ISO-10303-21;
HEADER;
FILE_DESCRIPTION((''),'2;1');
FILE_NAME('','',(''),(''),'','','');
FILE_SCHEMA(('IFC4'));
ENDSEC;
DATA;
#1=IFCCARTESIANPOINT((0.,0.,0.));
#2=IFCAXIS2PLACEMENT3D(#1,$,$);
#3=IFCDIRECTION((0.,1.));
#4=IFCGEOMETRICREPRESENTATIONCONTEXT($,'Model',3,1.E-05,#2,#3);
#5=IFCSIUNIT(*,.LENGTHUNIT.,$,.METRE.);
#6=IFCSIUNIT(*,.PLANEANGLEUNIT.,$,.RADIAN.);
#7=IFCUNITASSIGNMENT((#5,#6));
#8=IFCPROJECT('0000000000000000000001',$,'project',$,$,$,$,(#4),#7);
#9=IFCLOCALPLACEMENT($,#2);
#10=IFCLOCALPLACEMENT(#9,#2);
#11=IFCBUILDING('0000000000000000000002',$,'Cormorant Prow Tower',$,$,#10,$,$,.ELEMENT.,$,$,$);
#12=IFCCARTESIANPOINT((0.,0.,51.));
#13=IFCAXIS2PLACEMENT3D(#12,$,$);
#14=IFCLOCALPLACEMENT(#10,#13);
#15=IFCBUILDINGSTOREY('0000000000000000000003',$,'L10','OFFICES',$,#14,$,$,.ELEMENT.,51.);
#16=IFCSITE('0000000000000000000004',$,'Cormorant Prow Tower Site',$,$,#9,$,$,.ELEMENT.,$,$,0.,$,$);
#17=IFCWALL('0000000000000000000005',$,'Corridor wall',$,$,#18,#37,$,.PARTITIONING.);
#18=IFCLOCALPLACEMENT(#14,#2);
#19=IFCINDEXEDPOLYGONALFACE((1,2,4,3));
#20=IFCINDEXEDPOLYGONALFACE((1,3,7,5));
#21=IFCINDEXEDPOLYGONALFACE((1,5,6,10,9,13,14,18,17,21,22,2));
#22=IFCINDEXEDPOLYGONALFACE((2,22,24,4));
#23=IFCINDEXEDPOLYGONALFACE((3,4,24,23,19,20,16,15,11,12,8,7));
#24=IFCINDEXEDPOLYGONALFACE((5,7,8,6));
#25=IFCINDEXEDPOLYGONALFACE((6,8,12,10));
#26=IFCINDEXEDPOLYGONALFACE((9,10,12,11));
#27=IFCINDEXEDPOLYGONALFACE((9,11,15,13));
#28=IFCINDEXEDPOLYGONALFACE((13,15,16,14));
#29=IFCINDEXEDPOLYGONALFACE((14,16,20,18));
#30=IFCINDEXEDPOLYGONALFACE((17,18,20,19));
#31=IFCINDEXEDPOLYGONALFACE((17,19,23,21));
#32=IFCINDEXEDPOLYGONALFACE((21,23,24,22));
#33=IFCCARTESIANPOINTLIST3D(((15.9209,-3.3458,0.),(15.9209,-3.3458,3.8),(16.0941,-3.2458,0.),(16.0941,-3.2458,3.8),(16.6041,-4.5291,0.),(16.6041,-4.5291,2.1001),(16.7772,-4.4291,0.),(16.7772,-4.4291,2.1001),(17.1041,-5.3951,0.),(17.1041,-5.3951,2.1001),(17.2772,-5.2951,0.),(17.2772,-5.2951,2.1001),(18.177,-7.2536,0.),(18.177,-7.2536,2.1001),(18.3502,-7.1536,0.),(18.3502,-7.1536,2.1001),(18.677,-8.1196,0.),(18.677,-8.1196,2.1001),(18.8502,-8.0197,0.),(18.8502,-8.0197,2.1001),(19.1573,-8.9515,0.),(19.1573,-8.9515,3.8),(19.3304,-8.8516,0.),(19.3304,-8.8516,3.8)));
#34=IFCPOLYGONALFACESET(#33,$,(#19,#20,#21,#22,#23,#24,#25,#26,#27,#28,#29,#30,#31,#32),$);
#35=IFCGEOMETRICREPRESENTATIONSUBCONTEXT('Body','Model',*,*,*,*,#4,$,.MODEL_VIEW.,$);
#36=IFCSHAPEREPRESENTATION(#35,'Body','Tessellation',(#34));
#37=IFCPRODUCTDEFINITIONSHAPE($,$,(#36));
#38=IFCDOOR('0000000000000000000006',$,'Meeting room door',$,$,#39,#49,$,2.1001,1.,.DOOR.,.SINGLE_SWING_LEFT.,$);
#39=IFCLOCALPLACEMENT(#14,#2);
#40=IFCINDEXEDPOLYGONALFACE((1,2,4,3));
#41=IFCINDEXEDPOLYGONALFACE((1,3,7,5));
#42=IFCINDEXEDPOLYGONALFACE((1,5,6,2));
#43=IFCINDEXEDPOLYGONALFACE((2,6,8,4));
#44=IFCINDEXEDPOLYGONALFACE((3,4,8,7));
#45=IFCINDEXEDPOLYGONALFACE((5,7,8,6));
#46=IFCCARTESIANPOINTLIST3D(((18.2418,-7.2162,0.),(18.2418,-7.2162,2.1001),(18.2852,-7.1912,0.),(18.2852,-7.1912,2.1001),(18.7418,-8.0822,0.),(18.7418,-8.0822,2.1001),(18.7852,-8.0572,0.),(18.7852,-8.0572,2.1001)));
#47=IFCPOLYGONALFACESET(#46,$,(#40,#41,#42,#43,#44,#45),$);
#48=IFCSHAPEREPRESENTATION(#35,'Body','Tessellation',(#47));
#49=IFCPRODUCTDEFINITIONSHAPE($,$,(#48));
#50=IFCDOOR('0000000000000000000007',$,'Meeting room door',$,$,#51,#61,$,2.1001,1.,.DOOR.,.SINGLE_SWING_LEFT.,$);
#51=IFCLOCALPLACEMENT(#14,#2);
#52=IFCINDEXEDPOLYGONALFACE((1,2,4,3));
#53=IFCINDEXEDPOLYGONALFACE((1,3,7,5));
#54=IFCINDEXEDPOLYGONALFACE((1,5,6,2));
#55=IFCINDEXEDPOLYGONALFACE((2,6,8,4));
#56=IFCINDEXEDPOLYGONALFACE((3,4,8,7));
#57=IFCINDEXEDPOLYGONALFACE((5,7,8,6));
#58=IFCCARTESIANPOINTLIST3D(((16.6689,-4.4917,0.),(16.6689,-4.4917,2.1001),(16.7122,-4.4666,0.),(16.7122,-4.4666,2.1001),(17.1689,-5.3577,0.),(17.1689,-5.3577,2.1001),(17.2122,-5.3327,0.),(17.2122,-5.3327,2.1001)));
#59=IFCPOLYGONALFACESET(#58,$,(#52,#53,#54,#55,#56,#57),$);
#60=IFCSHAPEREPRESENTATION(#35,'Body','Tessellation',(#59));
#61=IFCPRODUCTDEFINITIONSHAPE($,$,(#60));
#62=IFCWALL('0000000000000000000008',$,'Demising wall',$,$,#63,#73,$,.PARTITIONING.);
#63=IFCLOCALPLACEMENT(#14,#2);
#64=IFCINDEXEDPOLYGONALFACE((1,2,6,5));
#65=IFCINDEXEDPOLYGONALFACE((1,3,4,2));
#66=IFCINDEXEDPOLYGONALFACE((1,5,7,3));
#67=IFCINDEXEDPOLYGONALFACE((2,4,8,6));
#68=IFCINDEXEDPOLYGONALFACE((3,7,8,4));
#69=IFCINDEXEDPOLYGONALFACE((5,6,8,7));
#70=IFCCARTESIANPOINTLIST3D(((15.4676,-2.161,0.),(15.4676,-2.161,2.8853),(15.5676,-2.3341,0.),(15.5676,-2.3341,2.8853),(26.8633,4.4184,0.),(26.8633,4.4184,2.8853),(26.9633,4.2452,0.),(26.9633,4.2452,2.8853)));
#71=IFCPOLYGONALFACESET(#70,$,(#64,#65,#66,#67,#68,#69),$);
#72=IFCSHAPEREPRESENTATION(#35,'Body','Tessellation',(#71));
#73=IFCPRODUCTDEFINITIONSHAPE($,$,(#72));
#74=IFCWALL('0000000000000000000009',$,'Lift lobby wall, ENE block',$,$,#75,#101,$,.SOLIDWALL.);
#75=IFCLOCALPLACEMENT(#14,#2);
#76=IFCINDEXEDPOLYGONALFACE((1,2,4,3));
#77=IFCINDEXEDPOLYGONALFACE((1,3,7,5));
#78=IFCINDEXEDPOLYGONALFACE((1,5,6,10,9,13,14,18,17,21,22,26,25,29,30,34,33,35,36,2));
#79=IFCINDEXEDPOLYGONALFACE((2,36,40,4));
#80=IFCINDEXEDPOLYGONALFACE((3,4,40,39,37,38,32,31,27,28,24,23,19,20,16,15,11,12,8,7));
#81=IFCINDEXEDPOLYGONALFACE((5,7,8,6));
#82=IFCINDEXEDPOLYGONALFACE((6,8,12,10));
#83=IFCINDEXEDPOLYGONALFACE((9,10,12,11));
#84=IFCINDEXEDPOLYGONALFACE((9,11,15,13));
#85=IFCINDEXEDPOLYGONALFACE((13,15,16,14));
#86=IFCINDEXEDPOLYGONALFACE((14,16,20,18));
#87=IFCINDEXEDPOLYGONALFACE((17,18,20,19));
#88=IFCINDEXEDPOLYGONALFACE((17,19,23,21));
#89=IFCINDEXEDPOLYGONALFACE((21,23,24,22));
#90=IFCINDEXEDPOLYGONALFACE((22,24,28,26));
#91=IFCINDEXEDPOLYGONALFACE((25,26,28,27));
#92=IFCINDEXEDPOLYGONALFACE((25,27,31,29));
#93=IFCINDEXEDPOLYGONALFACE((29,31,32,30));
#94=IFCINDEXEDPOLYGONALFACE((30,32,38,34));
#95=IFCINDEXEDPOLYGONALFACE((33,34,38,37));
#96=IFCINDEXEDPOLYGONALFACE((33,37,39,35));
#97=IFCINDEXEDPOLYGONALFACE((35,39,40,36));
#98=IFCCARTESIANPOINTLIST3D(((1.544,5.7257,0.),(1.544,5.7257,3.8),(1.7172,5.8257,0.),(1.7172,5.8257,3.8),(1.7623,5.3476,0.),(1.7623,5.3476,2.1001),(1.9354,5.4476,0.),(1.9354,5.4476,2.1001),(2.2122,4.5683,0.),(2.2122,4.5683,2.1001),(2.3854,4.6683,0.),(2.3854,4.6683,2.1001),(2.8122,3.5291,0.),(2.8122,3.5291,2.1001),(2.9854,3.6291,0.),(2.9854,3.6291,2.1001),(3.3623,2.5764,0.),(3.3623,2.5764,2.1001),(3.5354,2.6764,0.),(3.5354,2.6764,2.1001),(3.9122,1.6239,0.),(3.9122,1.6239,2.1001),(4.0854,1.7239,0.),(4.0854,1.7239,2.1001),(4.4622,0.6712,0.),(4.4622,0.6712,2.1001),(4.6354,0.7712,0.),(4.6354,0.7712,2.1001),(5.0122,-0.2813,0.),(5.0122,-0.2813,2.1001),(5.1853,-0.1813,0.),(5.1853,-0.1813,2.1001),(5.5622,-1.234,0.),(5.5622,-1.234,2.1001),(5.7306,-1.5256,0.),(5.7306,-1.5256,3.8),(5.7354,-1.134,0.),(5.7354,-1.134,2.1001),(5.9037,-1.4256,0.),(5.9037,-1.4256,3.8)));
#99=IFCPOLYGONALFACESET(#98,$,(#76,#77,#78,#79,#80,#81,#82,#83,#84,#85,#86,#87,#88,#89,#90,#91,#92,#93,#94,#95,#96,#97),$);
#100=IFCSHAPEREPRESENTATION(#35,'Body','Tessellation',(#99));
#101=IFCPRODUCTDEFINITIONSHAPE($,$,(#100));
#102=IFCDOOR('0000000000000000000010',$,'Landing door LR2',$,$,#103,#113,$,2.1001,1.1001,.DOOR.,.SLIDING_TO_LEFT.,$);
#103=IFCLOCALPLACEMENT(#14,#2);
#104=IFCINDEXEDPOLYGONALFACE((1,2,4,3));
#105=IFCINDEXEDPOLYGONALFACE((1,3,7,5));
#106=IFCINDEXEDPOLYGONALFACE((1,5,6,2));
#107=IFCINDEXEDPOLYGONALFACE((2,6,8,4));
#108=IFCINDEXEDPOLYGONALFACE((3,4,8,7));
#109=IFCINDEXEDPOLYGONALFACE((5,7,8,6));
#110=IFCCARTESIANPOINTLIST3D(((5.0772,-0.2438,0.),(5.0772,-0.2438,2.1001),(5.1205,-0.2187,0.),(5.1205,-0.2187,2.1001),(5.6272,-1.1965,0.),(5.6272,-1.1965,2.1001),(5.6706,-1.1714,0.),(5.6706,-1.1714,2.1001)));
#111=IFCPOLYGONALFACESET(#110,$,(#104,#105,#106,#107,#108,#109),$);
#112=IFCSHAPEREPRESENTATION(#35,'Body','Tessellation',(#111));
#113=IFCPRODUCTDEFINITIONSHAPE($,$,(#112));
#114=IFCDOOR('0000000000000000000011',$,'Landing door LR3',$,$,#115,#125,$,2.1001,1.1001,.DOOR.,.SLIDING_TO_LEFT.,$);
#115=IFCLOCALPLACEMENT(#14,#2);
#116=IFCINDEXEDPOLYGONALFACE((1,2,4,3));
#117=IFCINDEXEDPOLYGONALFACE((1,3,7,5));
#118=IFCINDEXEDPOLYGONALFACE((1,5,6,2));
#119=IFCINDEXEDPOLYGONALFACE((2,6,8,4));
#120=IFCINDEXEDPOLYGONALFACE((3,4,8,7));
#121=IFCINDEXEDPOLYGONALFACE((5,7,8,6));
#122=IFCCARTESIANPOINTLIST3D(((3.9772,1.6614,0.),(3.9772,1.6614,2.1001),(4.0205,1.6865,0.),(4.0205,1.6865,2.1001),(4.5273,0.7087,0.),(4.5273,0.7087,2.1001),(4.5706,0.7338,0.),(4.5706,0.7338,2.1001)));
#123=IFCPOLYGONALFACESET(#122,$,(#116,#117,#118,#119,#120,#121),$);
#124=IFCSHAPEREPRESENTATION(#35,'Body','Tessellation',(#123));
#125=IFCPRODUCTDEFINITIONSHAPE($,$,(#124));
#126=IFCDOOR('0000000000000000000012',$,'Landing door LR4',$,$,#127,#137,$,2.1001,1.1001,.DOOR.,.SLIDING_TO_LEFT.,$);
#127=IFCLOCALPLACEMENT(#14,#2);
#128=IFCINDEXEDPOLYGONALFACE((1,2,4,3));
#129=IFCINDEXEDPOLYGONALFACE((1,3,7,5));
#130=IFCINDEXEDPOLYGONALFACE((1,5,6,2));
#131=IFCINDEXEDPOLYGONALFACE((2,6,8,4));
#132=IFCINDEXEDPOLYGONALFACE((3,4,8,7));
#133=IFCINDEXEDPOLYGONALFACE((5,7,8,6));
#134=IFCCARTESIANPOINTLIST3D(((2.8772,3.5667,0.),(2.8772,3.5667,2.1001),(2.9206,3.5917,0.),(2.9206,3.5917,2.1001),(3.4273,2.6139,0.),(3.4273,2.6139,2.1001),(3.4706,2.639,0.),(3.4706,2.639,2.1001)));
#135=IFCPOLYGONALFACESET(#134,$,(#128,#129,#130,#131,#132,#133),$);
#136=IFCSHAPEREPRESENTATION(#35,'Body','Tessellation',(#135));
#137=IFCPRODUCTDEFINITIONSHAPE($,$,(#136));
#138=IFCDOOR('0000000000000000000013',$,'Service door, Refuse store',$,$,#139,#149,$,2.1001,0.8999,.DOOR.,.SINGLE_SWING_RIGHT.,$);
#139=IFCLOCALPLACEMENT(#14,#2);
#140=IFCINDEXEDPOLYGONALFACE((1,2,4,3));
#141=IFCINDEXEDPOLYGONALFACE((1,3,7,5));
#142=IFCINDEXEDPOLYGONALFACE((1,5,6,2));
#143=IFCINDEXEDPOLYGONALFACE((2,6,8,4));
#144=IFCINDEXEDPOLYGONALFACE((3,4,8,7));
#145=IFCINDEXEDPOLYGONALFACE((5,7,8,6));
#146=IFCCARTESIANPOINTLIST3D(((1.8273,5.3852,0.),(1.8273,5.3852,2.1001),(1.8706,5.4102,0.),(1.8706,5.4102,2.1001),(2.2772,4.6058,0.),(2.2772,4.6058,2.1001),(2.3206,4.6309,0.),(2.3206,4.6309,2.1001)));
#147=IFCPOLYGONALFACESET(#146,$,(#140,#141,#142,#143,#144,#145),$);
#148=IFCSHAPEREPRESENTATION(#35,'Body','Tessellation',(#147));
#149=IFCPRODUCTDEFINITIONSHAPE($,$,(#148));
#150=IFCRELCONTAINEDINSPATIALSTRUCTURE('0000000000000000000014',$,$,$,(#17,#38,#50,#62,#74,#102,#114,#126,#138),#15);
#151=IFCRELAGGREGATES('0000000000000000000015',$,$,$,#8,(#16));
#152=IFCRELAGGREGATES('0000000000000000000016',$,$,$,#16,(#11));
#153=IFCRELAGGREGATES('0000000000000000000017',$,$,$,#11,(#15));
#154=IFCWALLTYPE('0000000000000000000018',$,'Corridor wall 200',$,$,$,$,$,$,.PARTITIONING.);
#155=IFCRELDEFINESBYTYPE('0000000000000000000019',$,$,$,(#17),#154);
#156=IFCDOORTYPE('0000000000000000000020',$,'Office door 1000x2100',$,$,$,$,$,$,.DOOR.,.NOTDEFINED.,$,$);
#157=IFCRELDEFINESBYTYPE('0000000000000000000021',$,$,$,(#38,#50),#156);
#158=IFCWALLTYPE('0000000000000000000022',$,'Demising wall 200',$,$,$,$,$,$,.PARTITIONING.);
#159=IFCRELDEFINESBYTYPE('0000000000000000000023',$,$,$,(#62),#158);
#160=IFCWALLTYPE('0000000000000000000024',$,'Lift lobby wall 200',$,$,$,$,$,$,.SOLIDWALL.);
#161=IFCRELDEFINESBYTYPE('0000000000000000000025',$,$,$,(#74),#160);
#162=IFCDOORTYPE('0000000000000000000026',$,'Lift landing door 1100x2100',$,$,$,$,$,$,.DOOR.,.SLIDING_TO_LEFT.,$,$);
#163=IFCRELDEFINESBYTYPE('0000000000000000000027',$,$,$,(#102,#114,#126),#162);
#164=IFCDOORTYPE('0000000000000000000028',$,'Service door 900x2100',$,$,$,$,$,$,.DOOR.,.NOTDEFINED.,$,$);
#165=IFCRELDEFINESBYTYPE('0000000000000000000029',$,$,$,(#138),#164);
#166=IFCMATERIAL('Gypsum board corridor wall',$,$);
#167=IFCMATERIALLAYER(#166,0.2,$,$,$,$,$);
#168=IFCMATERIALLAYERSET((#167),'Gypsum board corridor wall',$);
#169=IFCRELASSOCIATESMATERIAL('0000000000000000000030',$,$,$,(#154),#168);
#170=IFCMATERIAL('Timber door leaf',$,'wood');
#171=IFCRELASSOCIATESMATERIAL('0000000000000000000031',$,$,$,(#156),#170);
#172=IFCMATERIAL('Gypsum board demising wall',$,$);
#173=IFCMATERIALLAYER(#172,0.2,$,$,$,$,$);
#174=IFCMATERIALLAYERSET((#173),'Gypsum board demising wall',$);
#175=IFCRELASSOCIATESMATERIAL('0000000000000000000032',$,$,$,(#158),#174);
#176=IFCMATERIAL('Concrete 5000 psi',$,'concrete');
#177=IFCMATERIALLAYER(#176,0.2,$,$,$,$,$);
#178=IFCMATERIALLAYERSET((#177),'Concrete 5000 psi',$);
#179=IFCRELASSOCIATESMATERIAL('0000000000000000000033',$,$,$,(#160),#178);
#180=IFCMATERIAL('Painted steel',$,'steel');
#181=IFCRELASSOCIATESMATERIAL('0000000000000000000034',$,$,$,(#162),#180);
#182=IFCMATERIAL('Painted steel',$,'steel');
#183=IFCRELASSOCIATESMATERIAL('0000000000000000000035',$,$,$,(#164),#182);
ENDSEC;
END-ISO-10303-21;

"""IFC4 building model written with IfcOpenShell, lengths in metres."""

from ifc_helpers import new_model, si_unit, direction, frame, frame_2d, origin, place, context, subcontext, project, spatial, rectangle, extrude, material, layer, layer_set, type_object, element, fill, save


model = new_model("IFC4")

# Units and contexts
model_context = context("Model", 3, precision=1e-05, world=origin(), true_north=direction((0.0, 1.0)))
body_context = subcontext(model_context, "Body", "Model", "MODEL_VIEW")
ifc_project = project(units=[si_unit("LENGTHUNIT", "METRE"), si_unit("PLANEANGLEUNIT", "RADIAN")], contexts=[model_context])

# Site, building, storey
site_placement = place(None, origin())
site = spatial("IfcSite", under=ifc_project, at=site_placement, Name="Cormorant Prow Tower Site", CompositionType="ELEMENT", RefElevation=0.0)
building_placement = place(site_placement, origin())
building = spatial("IfcBuilding", under=site, at=building_placement, Name="Cormorant Prow Tower", CompositionType="ELEMENT")
storey_placement = place(building_placement, frame((0.0, 0.0, 51.0)))
storey = spatial("IfcBuildingStorey", under=building, at=storey_placement, Name="L10", Description="OFFICES", CompositionType="ELEMENT", Elevation=51.0)

# Wall, openings, doors
ifc_material_1 = material(Name="Gypsum board corridor wall")
ifc_layer_1 = layer(ifc_material_1, 0.2)
ifc_layer_set_1 = layer_set([ifc_layer_1], Name="Gypsum board corridor wall")
wall_type_1 = type_object("IfcWallType", Name="Corridor wall 200", PredefinedType="PARTITIONING", material=ifc_layer_set_1)
wall_1_placement = place(storey_placement, frame((16.0076, -3.2959, 0.0), z_axis=(0.0, 0.0, 1.0), x_axis=(0.499985, -0.866034, 0.0)))
wall_1 = element("IfcWall", 1, at=wall_1_placement, inside=storey, type_object=wall_type_1, Name="Corridor wall", PredefinedType="PARTITIONING", context=body_context, shape_type="SweptSolid", body=[
    extrude(rectangle(XDim=6.4729, YDim=0.2, at=frame_2d((3.2363, 0.0))), origin(), (0.0, 0.0, 1.0), 3.8),
])
opening_1_placement = place(wall_1_placement, frame((4.5122, 0.0, 0.0)))
opening_1 = element("IfcOpeningElement", 2, at=opening_1_placement, cuts=wall_1, PredefinedType="OPENING", context=body_context, shape_type="SweptSolid", body=[
    extrude(rectangle(XDim=1.0, YDim=2.1001, at=frame_2d((0.5, 1.05))), frame((0.0, 0.1099, 0.0), z_axis=(0.0, -1.0, 0.0), x_axis=(1.0, 0.0, 0.0)), (0.0, 0.0, 1.0), 0.22),
])
opening_2_placement = place(wall_1_placement, frame((1.3662, 0.0, 0.0)))
opening_2 = element("IfcOpeningElement", 3, at=opening_2_placement, cuts=wall_1, PredefinedType="OPENING", context=body_context, shape_type="SweptSolid", body=[
    extrude(rectangle(XDim=1.0, YDim=2.1001, at=frame_2d((0.5, 1.05))), frame((0.0, 0.1099, 0.0), z_axis=(0.0, -1.0, 0.0), x_axis=(1.0, 0.0, 0.0)), (0.0, 0.0, 1.0), 0.22),
])
ifc_material_2 = material(Name="Timber door leaf", Category="wood")
door_type_1 = type_object("IfcDoorType", Name="Office door 1000x2100", OperationType="NOTDEFINED", PredefinedType="DOOR", material=ifc_material_2)
door_1_placement = place(opening_1_placement, origin())
door_1 = element("IfcDoor", 4, at=door_1_placement, inside=storey, type_object=door_type_1, Name="Meeting room door", OperationType="SINGLE_SWING_LEFT", OverallHeight=2.1001, OverallWidth=1.0, PredefinedType="DOOR", context=body_context, shape_type="SweptSolid", body=[
    extrude(rectangle(XDim=1.0, YDim=2.1001, at=frame_2d((0.5, 1.05))), frame((0.0, 0.0249, 0.0), z_axis=(0.0, -1.0, 0.0), x_axis=(1.0, 0.0, 0.0)), (0.0, 0.0, 1.0), 0.05),
])
fill(opening_1, door_1)
door_2_placement = place(opening_2_placement, origin())
door_2 = element("IfcDoor", 5, at=door_2_placement, inside=storey, type_object=door_type_1, Name="Meeting room door", OperationType="SINGLE_SWING_LEFT", OverallHeight=2.1001, OverallWidth=1.0, PredefinedType="DOOR", context=body_context, shape_type="SweptSolid", body=[
    extrude(rectangle(XDim=1.0, YDim=2.1001, at=frame_2d((0.5, 1.05))), frame((0.0, 0.0249, 0.0), z_axis=(0.0, -1.0, 0.0), x_axis=(1.0, 0.0, 0.0)), (0.0, 0.0, 1.0), 0.05),
])
fill(opening_2, door_2)

# Wall
ifc_material_3 = material(Name="Gypsum board demising wall")
ifc_layer_2 = layer(ifc_material_3, 0.2)
ifc_layer_set_2 = layer_set([ifc_layer_2], Name="Gypsum board demising wall")
wall_type_2 = type_object("IfcWallType", Name="Demising wall 200", PredefinedType="PARTITIONING", material=ifc_layer_set_2)
wall_2_placement = place(storey_placement, frame((15.5176, -2.2476, 0.0), z_axis=(0.0, 0.0, 1.0), x_axis=(0.866025, 0.5, 0.0)))
element("IfcWall", 6, at=wall_2_placement, inside=storey, type_object=wall_type_2, Name="Demising wall", PredefinedType="PARTITIONING", context=body_context, shape_type="SweptSolid", body=[
    extrude(rectangle(XDim=13.1587, YDim=0.2, at=frame_2d((6.5793, 0.0))), origin(), (0.0, 0.0, 1.0), 2.8853),
])

# Wall, openings, doors
ifc_material_4 = material(Name="Concrete 5000 psi", Category="concrete")
ifc_layer_3 = layer(ifc_material_4, 0.2)
ifc_layer_set_3 = layer_set([ifc_layer_3], Name="Concrete 5000 psi")
wall_type_3 = type_object("IfcWallType", Name="Lift lobby wall 200", PredefinedType="SOLIDWALL", material=ifc_layer_set_3)
wall_3_placement = place(storey_placement, frame((5.8171, -1.4756, 0.0), z_axis=(0.0, 0.0, 1.0), x_axis=(-0.500003, 0.866024, 0.0)))
wall_3 = element("IfcWall", 7, at=wall_3_placement, inside=storey, type_object=wall_type_3, Name="Lift lobby wall, ENE block", PredefinedType="SOLIDWALL", context=body_context, shape_type="SweptSolid", body=[
    extrude(rectangle(XDim=8.373, YDim=0.2, at=frame_2d((4.1865, 0.0))), origin(), (0.0, 0.0, 1.0), 3.8),
])
opening_3_placement = place(wall_3_placement, frame((0.3367, 0.0, 0.0)))
opening_3 = element("IfcOpeningElement", 8, at=opening_3_placement, cuts=wall_3, PredefinedType="OPENING", context=body_context, shape_type="SweptSolid", body=[
    extrude(rectangle(XDim=1.1001, YDim=2.1001, at=frame_2d((0.55, 1.05))), frame((0.0, 0.1099, 0.0), z_axis=(0.0, -1.0, 0.0), x_axis=(1.0, 0.0, 0.0)), (0.0, 0.0, 1.0), 0.22),
])
opening_4_placement = place(wall_3_placement, frame((2.5366, 0.0, 0.0)))
opening_4 = element("IfcOpeningElement", 9, at=opening_4_placement, cuts=wall_3, PredefinedType="OPENING", context=body_context, shape_type="SweptSolid", body=[
    extrude(rectangle(XDim=1.1001, YDim=2.1001, at=frame_2d((0.55, 1.05))), frame((0.0, 0.1099, 0.0), z_axis=(0.0, -1.0, 0.0), x_axis=(1.0, 0.0, 0.0)), (0.0, 0.0, 1.0), 0.22),
])
opening_5_placement = place(wall_3_placement, frame((4.7366, 0.0, 0.0)))
opening_5 = element("IfcOpeningElement", 10, at=opening_5_placement, cuts=wall_3, PredefinedType="OPENING", context=body_context, shape_type="SweptSolid", body=[
    extrude(rectangle(XDim=1.1001, YDim=2.1001, at=frame_2d((0.55, 1.05))), frame((0.0, 0.1099, 0.0), z_axis=(0.0, -1.0, 0.0), x_axis=(1.0, 0.0, 0.0)), (0.0, 0.0, 1.0), 0.22),
])
opening_6_placement = place(wall_3_placement, frame((7.0366, 0.0, 0.0)))
opening_6 = element("IfcOpeningElement", 11, at=opening_6_placement, cuts=wall_3, PredefinedType="OPENING", context=body_context, shape_type="SweptSolid", body=[
    extrude(rectangle(XDim=0.8999, YDim=2.1001, at=frame_2d((0.45, 1.05))), frame((0.0, 0.1099, 0.0), z_axis=(0.0, -1.0, 0.0), x_axis=(1.0, 0.0, 0.0)), (0.0, 0.0, 1.0), 0.22),
])
ifc_material_5 = material(Name="Painted steel", Category="steel")
door_type_2 = type_object("IfcDoorType", Name="Lift landing door 1100x2100", OperationType="SLIDING_TO_LEFT", PredefinedType="DOOR", material=ifc_material_5)
door_3_placement = place(opening_3_placement, origin())
door_3 = element("IfcDoor", 12, at=door_3_placement, inside=storey, type_object=door_type_2, Name="Landing door LR2", OperationType="SLIDING_TO_LEFT", OverallHeight=2.1001, OverallWidth=1.1001, PredefinedType="DOOR", context=body_context, shape_type="SweptSolid", body=[
    extrude(rectangle(XDim=1.1001, YDim=2.1001, at=frame_2d((0.55, 1.05))), frame((0.0, 0.0249, 0.0), z_axis=(0.0, -1.0, 0.0), x_axis=(1.0, 0.0, 0.0)), (0.0, 0.0, 1.0), 0.05),
])
fill(opening_3, door_3)
door_4_placement = place(opening_4_placement, origin())
door_4 = element("IfcDoor", 13, at=door_4_placement, inside=storey, type_object=door_type_2, Name="Landing door LR3", OperationType="SLIDING_TO_LEFT", OverallHeight=2.1001, OverallWidth=1.1001, PredefinedType="DOOR", context=body_context, shape_type="SweptSolid", body=[
    extrude(rectangle(XDim=1.1001, YDim=2.1001, at=frame_2d((0.55, 1.05))), frame((0.0, 0.0249, 0.0), z_axis=(0.0, -1.0, 0.0), x_axis=(1.0, 0.0, 0.0)), (0.0, 0.0, 1.0), 0.05),
])
fill(opening_4, door_4)
door_5_placement = place(opening_5_placement, origin())
door_5 = element("IfcDoor", 14, at=door_5_placement, inside=storey, type_object=door_type_2, Name="Landing door LR4", OperationType="SLIDING_TO_LEFT", OverallHeight=2.1001, OverallWidth=1.1001, PredefinedType="DOOR", context=body_context, shape_type="SweptSolid", body=[
    extrude(rectangle(XDim=1.1001, YDim=2.1001, at=frame_2d((0.55, 1.05))), frame((0.0, 0.0249, 0.0), z_axis=(0.0, -1.0, 0.0), x_axis=(1.0, 0.0, 0.0)), (0.0, 0.0, 1.0), 0.05),
])
fill(opening_5, door_5)
ifc_material_6 = material(Name="Painted steel", Category="steel")
door_type_3 = type_object("IfcDoorType", Name="Service door 900x2100", OperationType="NOTDEFINED", PredefinedType="DOOR", material=ifc_material_6)
door_6_placement = place(opening_6_placement, origin())
door_6 = element("IfcDoor", 15, at=door_6_placement, inside=storey, type_object=door_type_3, Name="Service door, Refuse store", OperationType="SINGLE_SWING_RIGHT", OverallHeight=2.1001, OverallWidth=0.8999, PredefinedType="DOOR", context=body_context, shape_type="SweptSolid", body=[
    extrude(rectangle(XDim=0.8999, YDim=2.1001, at=frame_2d((0.45, 1.05))), frame((0.0, 0.0249, 0.0), z_axis=(0.0, -1.0, 0.0), x_axis=(1.0, 0.0, 0.0)), (0.0, 0.0, 1.0), 0.05),
])
fill(opening_6, door_6)

save(model, "model.ifc")
